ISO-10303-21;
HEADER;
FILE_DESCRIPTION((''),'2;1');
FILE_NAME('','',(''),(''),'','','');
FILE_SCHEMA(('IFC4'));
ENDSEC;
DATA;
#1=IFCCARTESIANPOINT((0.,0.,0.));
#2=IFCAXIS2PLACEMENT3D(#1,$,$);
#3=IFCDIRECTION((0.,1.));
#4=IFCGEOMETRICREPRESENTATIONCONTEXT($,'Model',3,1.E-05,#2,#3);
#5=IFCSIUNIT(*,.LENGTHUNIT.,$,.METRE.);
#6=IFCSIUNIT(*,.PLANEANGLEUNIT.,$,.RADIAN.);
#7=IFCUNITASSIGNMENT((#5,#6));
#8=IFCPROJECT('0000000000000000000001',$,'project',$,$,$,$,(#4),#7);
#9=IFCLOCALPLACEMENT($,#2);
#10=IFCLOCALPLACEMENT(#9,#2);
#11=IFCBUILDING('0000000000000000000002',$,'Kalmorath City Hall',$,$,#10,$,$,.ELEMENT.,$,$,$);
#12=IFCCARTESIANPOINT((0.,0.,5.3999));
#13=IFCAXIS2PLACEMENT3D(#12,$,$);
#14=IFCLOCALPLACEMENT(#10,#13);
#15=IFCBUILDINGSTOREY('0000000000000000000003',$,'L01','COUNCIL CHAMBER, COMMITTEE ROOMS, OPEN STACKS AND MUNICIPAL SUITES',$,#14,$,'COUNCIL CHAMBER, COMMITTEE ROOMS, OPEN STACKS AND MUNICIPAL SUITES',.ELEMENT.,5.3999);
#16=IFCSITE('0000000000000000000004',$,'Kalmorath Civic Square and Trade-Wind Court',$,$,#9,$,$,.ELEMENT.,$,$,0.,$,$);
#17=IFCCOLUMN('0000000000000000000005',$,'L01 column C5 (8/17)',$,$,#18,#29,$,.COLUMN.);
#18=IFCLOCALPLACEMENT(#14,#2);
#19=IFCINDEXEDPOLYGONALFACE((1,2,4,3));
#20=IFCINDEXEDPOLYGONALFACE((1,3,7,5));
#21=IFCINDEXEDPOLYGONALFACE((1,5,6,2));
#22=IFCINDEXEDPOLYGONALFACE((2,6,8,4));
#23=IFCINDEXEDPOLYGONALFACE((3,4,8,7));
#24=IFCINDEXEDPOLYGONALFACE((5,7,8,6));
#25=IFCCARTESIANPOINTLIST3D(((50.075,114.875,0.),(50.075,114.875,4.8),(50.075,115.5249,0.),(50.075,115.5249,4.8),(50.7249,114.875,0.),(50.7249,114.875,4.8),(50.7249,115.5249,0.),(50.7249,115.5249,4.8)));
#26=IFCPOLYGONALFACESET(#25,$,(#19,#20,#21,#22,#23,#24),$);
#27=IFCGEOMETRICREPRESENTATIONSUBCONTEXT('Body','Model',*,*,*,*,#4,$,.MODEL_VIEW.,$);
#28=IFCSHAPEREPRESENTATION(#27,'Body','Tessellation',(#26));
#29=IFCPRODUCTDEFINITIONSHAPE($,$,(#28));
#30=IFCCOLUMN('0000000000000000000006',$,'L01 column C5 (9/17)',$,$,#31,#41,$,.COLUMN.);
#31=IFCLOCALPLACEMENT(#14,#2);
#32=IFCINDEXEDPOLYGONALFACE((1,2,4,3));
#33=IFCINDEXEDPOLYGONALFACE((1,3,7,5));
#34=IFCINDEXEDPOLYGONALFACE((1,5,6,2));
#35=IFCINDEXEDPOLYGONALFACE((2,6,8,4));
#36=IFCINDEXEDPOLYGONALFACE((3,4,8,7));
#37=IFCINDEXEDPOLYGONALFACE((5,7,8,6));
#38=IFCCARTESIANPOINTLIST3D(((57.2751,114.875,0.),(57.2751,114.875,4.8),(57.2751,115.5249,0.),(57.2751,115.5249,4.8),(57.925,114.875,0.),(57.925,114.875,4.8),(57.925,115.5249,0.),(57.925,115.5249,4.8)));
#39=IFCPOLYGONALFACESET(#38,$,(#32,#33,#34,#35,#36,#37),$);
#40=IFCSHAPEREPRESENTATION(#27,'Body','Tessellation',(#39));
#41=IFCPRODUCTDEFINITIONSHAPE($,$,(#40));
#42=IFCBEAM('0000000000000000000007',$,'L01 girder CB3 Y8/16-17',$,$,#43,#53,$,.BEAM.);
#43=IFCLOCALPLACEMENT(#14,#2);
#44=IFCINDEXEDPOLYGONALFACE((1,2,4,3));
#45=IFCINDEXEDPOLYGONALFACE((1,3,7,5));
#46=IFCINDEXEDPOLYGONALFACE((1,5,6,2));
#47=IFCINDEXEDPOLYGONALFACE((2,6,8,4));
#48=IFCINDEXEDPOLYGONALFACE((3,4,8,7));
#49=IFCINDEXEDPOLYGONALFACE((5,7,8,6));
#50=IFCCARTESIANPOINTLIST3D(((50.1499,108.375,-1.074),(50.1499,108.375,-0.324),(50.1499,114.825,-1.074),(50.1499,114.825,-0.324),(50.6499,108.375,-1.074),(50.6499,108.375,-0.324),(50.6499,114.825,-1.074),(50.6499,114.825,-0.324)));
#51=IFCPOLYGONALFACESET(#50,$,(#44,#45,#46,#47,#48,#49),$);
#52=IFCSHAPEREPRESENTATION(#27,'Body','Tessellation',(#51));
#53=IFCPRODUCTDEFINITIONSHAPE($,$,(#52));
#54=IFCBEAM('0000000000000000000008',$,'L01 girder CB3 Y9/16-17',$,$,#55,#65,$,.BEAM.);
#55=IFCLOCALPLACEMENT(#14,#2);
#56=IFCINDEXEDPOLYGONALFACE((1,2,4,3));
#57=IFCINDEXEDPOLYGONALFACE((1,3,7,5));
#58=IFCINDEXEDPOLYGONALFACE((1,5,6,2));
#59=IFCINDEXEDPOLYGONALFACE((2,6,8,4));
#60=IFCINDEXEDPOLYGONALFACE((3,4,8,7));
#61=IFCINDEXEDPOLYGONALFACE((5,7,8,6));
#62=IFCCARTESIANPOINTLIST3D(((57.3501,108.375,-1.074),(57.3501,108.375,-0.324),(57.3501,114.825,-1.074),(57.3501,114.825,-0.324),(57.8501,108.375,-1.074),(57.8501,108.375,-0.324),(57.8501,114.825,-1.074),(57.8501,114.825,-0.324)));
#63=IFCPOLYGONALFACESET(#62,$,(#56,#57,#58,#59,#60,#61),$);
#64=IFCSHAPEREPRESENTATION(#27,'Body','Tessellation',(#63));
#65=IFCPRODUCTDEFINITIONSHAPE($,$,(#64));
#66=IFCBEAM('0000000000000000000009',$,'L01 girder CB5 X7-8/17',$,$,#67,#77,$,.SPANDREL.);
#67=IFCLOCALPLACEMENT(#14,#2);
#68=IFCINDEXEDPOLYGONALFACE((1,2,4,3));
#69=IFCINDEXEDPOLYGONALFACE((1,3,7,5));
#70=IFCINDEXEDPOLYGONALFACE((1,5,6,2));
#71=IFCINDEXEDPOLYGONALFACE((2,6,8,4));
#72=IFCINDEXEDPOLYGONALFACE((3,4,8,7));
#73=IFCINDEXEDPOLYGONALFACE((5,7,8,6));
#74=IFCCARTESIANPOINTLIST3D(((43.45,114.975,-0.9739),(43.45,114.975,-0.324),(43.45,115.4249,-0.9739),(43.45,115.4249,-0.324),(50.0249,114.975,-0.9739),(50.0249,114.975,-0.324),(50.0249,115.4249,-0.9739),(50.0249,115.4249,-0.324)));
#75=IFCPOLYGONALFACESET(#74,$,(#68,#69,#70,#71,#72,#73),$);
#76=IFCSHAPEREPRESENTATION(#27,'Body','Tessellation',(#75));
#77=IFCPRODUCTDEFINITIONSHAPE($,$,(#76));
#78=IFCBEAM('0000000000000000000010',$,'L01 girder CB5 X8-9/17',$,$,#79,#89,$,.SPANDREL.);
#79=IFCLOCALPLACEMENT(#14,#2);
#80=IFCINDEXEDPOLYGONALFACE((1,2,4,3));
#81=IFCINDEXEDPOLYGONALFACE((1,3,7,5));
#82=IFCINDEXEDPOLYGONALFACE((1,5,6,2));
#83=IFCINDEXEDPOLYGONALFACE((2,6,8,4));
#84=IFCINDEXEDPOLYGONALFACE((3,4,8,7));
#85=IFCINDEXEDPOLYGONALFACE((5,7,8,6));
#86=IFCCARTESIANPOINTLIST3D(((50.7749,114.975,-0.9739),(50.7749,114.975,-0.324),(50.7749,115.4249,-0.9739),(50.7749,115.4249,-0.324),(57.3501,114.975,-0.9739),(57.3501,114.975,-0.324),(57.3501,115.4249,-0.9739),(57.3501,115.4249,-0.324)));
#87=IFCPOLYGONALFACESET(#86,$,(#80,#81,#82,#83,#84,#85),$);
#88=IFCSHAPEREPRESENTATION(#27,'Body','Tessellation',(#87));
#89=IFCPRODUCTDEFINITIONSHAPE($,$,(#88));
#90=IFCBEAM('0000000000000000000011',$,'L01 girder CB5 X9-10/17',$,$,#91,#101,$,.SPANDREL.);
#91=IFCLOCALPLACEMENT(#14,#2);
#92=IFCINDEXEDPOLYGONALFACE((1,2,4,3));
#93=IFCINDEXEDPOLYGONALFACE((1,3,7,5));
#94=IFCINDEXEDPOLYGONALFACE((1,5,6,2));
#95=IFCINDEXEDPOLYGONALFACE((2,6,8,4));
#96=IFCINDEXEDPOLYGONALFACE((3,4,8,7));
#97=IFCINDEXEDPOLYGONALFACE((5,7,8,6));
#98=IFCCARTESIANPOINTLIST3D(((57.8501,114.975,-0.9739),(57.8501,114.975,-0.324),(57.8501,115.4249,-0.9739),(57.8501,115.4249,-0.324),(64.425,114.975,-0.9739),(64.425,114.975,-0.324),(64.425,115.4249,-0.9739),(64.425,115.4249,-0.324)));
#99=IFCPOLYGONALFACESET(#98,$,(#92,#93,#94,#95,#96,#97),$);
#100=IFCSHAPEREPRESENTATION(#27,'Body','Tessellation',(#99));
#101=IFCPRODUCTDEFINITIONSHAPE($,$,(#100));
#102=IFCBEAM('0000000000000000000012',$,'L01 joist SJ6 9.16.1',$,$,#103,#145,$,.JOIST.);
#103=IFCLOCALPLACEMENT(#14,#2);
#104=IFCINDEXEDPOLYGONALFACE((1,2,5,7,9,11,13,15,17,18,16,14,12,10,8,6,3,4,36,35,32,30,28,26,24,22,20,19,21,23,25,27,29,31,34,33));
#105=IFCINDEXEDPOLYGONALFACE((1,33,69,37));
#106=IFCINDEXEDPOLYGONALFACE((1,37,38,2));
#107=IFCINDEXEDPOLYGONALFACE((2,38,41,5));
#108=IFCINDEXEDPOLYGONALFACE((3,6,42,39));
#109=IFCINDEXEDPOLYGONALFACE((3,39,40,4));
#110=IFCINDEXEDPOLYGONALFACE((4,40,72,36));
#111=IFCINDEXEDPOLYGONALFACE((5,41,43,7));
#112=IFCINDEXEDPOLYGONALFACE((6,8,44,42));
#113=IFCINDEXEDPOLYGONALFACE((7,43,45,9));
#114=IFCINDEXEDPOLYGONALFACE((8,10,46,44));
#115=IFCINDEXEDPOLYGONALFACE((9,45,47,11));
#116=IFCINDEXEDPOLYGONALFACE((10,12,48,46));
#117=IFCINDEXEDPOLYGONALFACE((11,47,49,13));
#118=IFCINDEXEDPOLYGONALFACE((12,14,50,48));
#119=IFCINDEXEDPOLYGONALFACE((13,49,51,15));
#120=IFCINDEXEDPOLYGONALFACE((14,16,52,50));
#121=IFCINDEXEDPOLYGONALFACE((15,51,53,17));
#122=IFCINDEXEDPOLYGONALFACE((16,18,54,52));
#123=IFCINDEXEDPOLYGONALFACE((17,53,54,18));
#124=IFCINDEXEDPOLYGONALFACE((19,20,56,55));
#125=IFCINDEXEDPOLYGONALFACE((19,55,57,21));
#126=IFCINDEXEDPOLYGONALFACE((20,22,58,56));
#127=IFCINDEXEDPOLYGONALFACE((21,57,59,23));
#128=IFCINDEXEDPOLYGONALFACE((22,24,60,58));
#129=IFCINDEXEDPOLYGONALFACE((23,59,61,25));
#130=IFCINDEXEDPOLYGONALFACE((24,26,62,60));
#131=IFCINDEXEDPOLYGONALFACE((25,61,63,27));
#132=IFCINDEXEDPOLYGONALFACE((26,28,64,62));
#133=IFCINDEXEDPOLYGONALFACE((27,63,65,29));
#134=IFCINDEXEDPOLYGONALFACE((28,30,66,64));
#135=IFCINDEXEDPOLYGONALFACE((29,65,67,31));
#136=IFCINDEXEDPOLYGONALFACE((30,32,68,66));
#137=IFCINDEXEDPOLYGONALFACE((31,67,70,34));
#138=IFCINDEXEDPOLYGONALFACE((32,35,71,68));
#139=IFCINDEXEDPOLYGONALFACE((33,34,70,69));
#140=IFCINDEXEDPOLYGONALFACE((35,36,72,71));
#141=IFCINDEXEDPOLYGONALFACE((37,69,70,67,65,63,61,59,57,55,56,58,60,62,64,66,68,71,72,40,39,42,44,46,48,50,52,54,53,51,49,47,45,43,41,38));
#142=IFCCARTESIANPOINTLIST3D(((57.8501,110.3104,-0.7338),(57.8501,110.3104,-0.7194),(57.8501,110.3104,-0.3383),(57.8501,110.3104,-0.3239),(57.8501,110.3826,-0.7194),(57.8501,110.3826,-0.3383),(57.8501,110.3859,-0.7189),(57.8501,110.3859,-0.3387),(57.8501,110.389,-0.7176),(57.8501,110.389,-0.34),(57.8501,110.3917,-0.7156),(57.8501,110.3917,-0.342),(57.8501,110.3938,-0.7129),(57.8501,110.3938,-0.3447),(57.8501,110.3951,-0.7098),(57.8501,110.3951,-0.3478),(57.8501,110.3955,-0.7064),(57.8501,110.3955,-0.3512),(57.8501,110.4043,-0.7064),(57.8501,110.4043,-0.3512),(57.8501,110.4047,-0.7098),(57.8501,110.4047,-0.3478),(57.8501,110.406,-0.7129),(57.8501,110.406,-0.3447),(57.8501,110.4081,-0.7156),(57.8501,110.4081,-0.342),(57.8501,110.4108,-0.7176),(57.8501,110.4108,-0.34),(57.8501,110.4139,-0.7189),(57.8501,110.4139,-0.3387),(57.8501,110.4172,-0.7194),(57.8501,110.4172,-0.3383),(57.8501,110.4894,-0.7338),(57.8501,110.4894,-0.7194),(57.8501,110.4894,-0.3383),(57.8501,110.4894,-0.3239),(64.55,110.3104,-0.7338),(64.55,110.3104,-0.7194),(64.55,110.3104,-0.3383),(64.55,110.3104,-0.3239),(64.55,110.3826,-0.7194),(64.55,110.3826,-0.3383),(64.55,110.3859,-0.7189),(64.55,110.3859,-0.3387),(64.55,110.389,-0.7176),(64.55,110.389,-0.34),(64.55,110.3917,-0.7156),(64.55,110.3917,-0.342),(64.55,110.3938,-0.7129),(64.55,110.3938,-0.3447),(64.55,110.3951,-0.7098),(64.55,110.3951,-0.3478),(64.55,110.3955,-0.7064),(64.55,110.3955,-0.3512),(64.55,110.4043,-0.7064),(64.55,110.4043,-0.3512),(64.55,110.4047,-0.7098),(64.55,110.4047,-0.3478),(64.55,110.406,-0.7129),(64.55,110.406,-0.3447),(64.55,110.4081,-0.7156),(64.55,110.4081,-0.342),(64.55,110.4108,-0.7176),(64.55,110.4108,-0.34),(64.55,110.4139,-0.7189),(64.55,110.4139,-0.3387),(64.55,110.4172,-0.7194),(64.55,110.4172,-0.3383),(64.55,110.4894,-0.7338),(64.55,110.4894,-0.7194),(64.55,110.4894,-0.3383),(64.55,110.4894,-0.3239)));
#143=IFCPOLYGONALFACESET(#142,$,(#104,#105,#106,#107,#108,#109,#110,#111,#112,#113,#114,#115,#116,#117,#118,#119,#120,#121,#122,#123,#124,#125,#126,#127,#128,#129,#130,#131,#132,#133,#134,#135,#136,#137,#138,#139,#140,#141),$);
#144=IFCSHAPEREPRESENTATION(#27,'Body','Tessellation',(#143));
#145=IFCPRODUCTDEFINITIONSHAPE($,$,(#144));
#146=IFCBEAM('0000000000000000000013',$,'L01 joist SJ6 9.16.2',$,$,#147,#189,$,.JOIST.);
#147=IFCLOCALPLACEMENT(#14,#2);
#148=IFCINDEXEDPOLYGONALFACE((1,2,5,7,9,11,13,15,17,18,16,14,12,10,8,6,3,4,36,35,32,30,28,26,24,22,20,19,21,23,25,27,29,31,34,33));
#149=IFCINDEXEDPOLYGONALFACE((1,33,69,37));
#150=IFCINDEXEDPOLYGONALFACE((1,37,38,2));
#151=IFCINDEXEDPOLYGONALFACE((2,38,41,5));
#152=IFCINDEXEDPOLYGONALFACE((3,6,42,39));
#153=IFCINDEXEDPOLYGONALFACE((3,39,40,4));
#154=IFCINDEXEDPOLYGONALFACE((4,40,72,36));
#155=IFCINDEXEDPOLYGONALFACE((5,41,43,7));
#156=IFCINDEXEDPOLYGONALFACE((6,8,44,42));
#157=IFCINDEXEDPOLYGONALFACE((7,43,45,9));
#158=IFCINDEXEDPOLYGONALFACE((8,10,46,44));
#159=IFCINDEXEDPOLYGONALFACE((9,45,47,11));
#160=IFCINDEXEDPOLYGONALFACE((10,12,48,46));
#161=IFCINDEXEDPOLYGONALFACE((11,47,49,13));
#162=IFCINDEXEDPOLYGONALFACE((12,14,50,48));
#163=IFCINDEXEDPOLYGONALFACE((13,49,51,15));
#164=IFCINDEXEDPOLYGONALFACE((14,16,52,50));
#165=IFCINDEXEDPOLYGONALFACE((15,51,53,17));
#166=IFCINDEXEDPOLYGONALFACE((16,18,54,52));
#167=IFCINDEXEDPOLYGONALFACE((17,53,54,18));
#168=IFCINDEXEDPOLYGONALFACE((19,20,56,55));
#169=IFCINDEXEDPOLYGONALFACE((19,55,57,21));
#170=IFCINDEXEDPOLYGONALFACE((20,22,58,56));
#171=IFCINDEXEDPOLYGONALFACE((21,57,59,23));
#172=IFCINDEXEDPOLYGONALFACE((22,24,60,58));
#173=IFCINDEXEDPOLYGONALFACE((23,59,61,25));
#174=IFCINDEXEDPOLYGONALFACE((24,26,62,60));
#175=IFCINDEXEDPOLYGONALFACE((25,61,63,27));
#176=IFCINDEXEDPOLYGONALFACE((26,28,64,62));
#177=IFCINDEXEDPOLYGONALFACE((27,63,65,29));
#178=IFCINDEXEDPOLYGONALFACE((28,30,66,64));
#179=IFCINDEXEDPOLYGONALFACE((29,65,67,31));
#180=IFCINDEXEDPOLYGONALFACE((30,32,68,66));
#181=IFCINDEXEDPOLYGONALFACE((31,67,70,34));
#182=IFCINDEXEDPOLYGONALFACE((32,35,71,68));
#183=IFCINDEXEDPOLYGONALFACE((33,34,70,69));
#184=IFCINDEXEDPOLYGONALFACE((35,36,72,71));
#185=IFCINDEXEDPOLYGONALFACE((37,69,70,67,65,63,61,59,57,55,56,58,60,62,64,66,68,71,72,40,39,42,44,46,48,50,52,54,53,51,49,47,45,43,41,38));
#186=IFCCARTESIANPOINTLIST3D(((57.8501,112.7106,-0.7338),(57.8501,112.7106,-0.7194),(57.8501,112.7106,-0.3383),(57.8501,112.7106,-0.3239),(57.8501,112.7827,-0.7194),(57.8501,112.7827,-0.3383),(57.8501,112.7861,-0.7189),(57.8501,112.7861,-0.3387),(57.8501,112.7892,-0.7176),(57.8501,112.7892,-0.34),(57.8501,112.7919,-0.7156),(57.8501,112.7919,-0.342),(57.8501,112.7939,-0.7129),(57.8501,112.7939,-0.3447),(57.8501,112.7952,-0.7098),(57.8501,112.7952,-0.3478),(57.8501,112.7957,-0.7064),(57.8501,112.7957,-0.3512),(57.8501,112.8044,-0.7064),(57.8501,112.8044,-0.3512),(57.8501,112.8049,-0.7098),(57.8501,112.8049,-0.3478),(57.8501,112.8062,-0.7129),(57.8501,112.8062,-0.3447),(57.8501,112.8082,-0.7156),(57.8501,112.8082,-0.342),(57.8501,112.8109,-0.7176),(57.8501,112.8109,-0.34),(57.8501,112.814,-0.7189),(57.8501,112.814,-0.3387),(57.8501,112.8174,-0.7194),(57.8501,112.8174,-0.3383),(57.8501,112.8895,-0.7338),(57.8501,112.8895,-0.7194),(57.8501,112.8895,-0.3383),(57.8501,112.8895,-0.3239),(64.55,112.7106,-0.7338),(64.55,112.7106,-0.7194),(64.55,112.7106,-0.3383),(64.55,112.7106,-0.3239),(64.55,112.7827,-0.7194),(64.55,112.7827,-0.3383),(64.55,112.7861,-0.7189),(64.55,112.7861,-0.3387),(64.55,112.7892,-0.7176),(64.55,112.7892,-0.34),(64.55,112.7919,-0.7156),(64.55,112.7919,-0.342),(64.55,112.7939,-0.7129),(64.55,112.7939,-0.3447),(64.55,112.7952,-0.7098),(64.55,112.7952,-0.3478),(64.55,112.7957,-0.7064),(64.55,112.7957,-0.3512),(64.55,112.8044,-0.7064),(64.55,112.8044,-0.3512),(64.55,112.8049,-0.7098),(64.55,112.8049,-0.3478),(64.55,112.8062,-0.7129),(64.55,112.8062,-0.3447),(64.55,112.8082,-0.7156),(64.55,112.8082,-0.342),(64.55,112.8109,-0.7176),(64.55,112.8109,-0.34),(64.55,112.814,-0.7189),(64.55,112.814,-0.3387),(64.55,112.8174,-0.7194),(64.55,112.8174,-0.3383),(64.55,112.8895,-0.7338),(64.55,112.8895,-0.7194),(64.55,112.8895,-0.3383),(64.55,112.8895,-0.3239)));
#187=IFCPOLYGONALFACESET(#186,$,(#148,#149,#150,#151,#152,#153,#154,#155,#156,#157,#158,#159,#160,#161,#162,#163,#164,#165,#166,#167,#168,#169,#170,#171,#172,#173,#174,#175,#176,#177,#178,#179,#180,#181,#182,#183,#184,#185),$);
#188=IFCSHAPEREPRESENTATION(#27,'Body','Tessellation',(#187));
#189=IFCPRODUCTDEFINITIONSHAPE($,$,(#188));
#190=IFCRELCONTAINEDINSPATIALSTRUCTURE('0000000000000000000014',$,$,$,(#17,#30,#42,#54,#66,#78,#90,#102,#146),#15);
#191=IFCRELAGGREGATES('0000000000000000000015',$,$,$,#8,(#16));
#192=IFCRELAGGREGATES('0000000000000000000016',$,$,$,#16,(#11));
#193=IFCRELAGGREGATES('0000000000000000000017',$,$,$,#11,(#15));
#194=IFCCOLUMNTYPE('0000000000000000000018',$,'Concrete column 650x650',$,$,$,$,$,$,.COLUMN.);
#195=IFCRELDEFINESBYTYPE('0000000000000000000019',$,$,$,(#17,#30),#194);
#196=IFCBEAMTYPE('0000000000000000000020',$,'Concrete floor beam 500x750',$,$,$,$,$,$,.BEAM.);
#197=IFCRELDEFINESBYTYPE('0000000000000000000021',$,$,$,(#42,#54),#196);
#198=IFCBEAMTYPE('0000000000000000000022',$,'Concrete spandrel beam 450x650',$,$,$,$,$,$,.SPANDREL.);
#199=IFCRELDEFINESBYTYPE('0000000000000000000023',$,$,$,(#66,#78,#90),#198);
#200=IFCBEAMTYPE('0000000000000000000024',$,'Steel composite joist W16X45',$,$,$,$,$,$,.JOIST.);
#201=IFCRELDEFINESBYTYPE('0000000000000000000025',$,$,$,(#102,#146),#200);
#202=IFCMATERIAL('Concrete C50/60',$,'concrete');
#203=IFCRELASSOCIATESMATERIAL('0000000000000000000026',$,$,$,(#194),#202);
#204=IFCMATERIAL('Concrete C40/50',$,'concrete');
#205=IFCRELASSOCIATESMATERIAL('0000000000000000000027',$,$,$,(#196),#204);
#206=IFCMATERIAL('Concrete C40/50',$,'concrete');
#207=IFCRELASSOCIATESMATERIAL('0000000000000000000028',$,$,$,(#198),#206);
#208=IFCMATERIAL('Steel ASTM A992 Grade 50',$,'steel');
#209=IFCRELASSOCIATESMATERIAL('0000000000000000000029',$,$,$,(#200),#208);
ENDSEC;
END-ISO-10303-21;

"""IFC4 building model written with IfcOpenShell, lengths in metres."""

from ifc_helpers import new_model, si_unit, direction, frame, origin, origin_2d, place, context, subcontext, project, spatial, rectangle, i_section, extrude, material, material_profile, profile_set, type_object, element, save


model = new_model("IFC4")

# Units and contexts
model_context = context("Model", 3, precision=1e-05, world=origin(), true_north=direction((0.0, 1.0)))
body_context = subcontext(model_context, "Body", "Model", "MODEL_VIEW")
ifc_project = project(units=[si_unit("LENGTHUNIT", "METRE"), si_unit("PLANEANGLEUNIT", "RADIAN")], contexts=[model_context])

# Site, building, storey
site_placement = place(None, origin())
site = spatial("IfcSite", under=ifc_project, at=site_placement, Name="Kalmorath Civic Square and Trade-Wind Court", CompositionType="ELEMENT", RefElevation=0.0)
building_placement = place(site_placement, origin())
building = spatial("IfcBuilding", under=site, at=building_placement, Name="Kalmorath City Hall", CompositionType="ELEMENT")
storey_placement = place(building_placement, frame((0.0, 0.0, 5.3999)))
storey = spatial("IfcBuildingStorey", under=building, at=storey_placement, Name="L01", Description="COUNCIL CHAMBER, COMMITTEE ROOMS, OPEN STACKS AND MUNICIPAL SUITES", LongName="COUNCIL CHAMBER, COMMITTEE ROOMS, OPEN STACKS AND MUNICIPAL SUITES", CompositionType="ELEMENT", Elevation=5.3999)

# Columns
ifc_material_1 = material(Name="Concrete C50/60", Category="concrete")
ifc_material_profile_1 = material_profile(ifc_material_1, rectangle(XDim=0.6499, YDim=0.6499, at=origin_2d()), Name="RC-COL-650X650")
ifc_profile_set_1 = profile_set([ifc_material_profile_1], Name="Concrete C50/60")
column_type = type_object("IfcColumnType", Name="Concrete column 650x650", PredefinedType="COLUMN", material=ifc_profile_set_1)
for number, where, z_axis, x_axis, name in (
    (1, (50.3999, 115.2, 0.0), (0.0, 0.0, 1.0), (1.0, 0.0, 0.0), "L01 column C5 (8/17)"),
    (2, (57.6001, 115.2, 0.0), (0.0, 0.0, 1.0), (1.0, 0.0, 0.0), "L01 column C5 (9/17)"),
):
    element("IfcColumn", number, at=place(storey_placement, frame(where, z_axis=z_axis, x_axis=x_axis)), inside=storey, type_object=column_type, Name=name, PredefinedType="COLUMN", context=body_context, shape_type="SweptSolid", body=[
        extrude(rectangle(XDim=0.6499, YDim=0.6499, at=origin_2d()), origin(), (0.0, 0.0, 1.0), 4.8),
    ])

# Beams
ifc_material_2 = material(Name="Concrete C40/50", Category="concrete")
ifc_material_profile_2 = material_profile(ifc_material_2, rectangle(XDim=0.5, YDim=0.75, at=origin_2d()), Name="RC-BM-500X750")
ifc_profile_set_2 = profile_set([ifc_material_profile_2], Name="Concrete C40/50")
beam_type_1 = type_object("IfcBeamType", Name="Concrete floor beam 500x750", PredefinedType="BEAM", material=ifc_profile_set_2)
for number, where, z_axis, x_axis, name in (
    (3, (50.3999, 108.375, -0.699), (0.0, 1.0, 0.0), (-1.0, 0.0, 0.0), "L01 girder CB3 Y8/16-17"),
    (4, (57.6001, 108.375, -0.699), (0.0, 1.0, 0.0), (-1.0, 0.0, 0.0), "L01 girder CB3 Y9/16-17"),
):
    element("IfcBeam", number, at=place(storey_placement, frame(where, z_axis=z_axis, x_axis=x_axis)), inside=storey, type_object=beam_type_1, Name=name, PredefinedType="BEAM", context=body_context, shape_type="SweptSolid", body=[
        extrude(rectangle(XDim=0.5, YDim=0.75, at=origin_2d()), origin(), (0.0, 0.0, 1.0), 6.45),
    ])
ifc_material_3 = material(Name="Concrete C40/50", Category="concrete")
ifc_material_profile_3 = material_profile(ifc_material_3, rectangle(XDim=0.45, YDim=0.6499, at=origin_2d()), Name="RC-BM-450X650")
ifc_profile_set_3 = profile_set([ifc_material_profile_3], Name="Concrete C40/50")
beam_type_2 = type_object("IfcBeamType", Name="Concrete spandrel beam 450x650", PredefinedType="SPANDREL", material=ifc_profile_set_3)
beam_1_placement = place(storey_placement, frame((43.45, 115.2, -0.6489), z_axis=(1.0, 0.0, 0.0), x_axis=(0.0, 1.0, 0.0)))
element("IfcBeam", 5, at=beam_1_placement, inside=storey, type_object=beam_type_2, Name="L01 girder CB5 X7-8/17", PredefinedType="SPANDREL", context=body_context, shape_type="SweptSolid", body=[
    extrude(rectangle(XDim=0.45, YDim=0.6499, at=origin_2d()), origin(), (0.0, 0.0, 1.0), 6.575),
])
beam_2_placement = place(storey_placement, frame((50.7749, 115.2, -0.6489), z_axis=(1.0, 0.0, 0.0), x_axis=(0.0, 1.0, 0.0)))
element("IfcBeam", 6, at=beam_2_placement, inside=storey, type_object=beam_type_2, Name="L01 girder CB5 X8-9/17", PredefinedType="SPANDREL", context=body_context, shape_type="SweptSolid", body=[
    extrude(rectangle(XDim=0.45, YDim=0.6499, at=origin_2d()), origin(), (0.0, 0.0, 1.0), 6.5752),
])
beam_3_placement = place(storey_placement, frame((57.8501, 115.2, -0.6489), z_axis=(1.0, 0.0, 0.0), x_axis=(0.0, 1.0, 0.0)))
element("IfcBeam", 7, at=beam_3_placement, inside=storey, type_object=beam_type_2, Name="L01 girder CB5 X9-10/17", PredefinedType="SPANDREL", context=body_context, shape_type="SweptSolid", body=[
    extrude(rectangle(XDim=0.45, YDim=0.6499, at=origin_2d()), origin(), (0.0, 0.0, 1.0), 6.575),
])
ifc_material_4 = material(Name="Steel ASTM A992 Grade 50", Category="steel")
ifc_material_profile_4 = material_profile(ifc_material_4, i_section(OverallWidth=0.179, OverallDepth=0.4099, WebThickness=0.0088, FlangeThickness=0.0144, FilletRadius=0.0129, at=origin_2d()), Name="W16X45")
ifc_profile_set_4 = profile_set([ifc_material_profile_4], Name="Steel ASTM A992 Grade 50")
beam_type_3 = type_object("IfcBeamType", Name="Steel composite joist W16X45", PredefinedType="JOIST", material=ifc_profile_set_4)
for number, where, z_axis, x_axis, name in (
    (8, (57.8501, 110.3999, -0.5288), (1.0, 0.0, 0.0), (0.0, 1.0, 0.0), "L01 joist SJ6 9.16.1"),
    (9, (57.8501, 112.8, -0.5288), (1.0, 0.0, 0.0), (0.0, 1.0, 0.0), "L01 joist SJ6 9.16.2"),
):
    element("IfcBeam", number, at=place(storey_placement, frame(where, z_axis=z_axis, x_axis=x_axis)), inside=storey, type_object=beam_type_3, Name=name, PredefinedType="JOIST", context=body_context, shape_type="SweptSolid", body=[
        extrude(i_section(OverallWidth=0.179, OverallDepth=0.4099, WebThickness=0.0088, FlangeThickness=0.0144, FilletRadius=0.0129, at=origin_2d()), origin(), (0.0, 0.0, 1.0), 6.7),
    ])

save(model, "model.ifc")
